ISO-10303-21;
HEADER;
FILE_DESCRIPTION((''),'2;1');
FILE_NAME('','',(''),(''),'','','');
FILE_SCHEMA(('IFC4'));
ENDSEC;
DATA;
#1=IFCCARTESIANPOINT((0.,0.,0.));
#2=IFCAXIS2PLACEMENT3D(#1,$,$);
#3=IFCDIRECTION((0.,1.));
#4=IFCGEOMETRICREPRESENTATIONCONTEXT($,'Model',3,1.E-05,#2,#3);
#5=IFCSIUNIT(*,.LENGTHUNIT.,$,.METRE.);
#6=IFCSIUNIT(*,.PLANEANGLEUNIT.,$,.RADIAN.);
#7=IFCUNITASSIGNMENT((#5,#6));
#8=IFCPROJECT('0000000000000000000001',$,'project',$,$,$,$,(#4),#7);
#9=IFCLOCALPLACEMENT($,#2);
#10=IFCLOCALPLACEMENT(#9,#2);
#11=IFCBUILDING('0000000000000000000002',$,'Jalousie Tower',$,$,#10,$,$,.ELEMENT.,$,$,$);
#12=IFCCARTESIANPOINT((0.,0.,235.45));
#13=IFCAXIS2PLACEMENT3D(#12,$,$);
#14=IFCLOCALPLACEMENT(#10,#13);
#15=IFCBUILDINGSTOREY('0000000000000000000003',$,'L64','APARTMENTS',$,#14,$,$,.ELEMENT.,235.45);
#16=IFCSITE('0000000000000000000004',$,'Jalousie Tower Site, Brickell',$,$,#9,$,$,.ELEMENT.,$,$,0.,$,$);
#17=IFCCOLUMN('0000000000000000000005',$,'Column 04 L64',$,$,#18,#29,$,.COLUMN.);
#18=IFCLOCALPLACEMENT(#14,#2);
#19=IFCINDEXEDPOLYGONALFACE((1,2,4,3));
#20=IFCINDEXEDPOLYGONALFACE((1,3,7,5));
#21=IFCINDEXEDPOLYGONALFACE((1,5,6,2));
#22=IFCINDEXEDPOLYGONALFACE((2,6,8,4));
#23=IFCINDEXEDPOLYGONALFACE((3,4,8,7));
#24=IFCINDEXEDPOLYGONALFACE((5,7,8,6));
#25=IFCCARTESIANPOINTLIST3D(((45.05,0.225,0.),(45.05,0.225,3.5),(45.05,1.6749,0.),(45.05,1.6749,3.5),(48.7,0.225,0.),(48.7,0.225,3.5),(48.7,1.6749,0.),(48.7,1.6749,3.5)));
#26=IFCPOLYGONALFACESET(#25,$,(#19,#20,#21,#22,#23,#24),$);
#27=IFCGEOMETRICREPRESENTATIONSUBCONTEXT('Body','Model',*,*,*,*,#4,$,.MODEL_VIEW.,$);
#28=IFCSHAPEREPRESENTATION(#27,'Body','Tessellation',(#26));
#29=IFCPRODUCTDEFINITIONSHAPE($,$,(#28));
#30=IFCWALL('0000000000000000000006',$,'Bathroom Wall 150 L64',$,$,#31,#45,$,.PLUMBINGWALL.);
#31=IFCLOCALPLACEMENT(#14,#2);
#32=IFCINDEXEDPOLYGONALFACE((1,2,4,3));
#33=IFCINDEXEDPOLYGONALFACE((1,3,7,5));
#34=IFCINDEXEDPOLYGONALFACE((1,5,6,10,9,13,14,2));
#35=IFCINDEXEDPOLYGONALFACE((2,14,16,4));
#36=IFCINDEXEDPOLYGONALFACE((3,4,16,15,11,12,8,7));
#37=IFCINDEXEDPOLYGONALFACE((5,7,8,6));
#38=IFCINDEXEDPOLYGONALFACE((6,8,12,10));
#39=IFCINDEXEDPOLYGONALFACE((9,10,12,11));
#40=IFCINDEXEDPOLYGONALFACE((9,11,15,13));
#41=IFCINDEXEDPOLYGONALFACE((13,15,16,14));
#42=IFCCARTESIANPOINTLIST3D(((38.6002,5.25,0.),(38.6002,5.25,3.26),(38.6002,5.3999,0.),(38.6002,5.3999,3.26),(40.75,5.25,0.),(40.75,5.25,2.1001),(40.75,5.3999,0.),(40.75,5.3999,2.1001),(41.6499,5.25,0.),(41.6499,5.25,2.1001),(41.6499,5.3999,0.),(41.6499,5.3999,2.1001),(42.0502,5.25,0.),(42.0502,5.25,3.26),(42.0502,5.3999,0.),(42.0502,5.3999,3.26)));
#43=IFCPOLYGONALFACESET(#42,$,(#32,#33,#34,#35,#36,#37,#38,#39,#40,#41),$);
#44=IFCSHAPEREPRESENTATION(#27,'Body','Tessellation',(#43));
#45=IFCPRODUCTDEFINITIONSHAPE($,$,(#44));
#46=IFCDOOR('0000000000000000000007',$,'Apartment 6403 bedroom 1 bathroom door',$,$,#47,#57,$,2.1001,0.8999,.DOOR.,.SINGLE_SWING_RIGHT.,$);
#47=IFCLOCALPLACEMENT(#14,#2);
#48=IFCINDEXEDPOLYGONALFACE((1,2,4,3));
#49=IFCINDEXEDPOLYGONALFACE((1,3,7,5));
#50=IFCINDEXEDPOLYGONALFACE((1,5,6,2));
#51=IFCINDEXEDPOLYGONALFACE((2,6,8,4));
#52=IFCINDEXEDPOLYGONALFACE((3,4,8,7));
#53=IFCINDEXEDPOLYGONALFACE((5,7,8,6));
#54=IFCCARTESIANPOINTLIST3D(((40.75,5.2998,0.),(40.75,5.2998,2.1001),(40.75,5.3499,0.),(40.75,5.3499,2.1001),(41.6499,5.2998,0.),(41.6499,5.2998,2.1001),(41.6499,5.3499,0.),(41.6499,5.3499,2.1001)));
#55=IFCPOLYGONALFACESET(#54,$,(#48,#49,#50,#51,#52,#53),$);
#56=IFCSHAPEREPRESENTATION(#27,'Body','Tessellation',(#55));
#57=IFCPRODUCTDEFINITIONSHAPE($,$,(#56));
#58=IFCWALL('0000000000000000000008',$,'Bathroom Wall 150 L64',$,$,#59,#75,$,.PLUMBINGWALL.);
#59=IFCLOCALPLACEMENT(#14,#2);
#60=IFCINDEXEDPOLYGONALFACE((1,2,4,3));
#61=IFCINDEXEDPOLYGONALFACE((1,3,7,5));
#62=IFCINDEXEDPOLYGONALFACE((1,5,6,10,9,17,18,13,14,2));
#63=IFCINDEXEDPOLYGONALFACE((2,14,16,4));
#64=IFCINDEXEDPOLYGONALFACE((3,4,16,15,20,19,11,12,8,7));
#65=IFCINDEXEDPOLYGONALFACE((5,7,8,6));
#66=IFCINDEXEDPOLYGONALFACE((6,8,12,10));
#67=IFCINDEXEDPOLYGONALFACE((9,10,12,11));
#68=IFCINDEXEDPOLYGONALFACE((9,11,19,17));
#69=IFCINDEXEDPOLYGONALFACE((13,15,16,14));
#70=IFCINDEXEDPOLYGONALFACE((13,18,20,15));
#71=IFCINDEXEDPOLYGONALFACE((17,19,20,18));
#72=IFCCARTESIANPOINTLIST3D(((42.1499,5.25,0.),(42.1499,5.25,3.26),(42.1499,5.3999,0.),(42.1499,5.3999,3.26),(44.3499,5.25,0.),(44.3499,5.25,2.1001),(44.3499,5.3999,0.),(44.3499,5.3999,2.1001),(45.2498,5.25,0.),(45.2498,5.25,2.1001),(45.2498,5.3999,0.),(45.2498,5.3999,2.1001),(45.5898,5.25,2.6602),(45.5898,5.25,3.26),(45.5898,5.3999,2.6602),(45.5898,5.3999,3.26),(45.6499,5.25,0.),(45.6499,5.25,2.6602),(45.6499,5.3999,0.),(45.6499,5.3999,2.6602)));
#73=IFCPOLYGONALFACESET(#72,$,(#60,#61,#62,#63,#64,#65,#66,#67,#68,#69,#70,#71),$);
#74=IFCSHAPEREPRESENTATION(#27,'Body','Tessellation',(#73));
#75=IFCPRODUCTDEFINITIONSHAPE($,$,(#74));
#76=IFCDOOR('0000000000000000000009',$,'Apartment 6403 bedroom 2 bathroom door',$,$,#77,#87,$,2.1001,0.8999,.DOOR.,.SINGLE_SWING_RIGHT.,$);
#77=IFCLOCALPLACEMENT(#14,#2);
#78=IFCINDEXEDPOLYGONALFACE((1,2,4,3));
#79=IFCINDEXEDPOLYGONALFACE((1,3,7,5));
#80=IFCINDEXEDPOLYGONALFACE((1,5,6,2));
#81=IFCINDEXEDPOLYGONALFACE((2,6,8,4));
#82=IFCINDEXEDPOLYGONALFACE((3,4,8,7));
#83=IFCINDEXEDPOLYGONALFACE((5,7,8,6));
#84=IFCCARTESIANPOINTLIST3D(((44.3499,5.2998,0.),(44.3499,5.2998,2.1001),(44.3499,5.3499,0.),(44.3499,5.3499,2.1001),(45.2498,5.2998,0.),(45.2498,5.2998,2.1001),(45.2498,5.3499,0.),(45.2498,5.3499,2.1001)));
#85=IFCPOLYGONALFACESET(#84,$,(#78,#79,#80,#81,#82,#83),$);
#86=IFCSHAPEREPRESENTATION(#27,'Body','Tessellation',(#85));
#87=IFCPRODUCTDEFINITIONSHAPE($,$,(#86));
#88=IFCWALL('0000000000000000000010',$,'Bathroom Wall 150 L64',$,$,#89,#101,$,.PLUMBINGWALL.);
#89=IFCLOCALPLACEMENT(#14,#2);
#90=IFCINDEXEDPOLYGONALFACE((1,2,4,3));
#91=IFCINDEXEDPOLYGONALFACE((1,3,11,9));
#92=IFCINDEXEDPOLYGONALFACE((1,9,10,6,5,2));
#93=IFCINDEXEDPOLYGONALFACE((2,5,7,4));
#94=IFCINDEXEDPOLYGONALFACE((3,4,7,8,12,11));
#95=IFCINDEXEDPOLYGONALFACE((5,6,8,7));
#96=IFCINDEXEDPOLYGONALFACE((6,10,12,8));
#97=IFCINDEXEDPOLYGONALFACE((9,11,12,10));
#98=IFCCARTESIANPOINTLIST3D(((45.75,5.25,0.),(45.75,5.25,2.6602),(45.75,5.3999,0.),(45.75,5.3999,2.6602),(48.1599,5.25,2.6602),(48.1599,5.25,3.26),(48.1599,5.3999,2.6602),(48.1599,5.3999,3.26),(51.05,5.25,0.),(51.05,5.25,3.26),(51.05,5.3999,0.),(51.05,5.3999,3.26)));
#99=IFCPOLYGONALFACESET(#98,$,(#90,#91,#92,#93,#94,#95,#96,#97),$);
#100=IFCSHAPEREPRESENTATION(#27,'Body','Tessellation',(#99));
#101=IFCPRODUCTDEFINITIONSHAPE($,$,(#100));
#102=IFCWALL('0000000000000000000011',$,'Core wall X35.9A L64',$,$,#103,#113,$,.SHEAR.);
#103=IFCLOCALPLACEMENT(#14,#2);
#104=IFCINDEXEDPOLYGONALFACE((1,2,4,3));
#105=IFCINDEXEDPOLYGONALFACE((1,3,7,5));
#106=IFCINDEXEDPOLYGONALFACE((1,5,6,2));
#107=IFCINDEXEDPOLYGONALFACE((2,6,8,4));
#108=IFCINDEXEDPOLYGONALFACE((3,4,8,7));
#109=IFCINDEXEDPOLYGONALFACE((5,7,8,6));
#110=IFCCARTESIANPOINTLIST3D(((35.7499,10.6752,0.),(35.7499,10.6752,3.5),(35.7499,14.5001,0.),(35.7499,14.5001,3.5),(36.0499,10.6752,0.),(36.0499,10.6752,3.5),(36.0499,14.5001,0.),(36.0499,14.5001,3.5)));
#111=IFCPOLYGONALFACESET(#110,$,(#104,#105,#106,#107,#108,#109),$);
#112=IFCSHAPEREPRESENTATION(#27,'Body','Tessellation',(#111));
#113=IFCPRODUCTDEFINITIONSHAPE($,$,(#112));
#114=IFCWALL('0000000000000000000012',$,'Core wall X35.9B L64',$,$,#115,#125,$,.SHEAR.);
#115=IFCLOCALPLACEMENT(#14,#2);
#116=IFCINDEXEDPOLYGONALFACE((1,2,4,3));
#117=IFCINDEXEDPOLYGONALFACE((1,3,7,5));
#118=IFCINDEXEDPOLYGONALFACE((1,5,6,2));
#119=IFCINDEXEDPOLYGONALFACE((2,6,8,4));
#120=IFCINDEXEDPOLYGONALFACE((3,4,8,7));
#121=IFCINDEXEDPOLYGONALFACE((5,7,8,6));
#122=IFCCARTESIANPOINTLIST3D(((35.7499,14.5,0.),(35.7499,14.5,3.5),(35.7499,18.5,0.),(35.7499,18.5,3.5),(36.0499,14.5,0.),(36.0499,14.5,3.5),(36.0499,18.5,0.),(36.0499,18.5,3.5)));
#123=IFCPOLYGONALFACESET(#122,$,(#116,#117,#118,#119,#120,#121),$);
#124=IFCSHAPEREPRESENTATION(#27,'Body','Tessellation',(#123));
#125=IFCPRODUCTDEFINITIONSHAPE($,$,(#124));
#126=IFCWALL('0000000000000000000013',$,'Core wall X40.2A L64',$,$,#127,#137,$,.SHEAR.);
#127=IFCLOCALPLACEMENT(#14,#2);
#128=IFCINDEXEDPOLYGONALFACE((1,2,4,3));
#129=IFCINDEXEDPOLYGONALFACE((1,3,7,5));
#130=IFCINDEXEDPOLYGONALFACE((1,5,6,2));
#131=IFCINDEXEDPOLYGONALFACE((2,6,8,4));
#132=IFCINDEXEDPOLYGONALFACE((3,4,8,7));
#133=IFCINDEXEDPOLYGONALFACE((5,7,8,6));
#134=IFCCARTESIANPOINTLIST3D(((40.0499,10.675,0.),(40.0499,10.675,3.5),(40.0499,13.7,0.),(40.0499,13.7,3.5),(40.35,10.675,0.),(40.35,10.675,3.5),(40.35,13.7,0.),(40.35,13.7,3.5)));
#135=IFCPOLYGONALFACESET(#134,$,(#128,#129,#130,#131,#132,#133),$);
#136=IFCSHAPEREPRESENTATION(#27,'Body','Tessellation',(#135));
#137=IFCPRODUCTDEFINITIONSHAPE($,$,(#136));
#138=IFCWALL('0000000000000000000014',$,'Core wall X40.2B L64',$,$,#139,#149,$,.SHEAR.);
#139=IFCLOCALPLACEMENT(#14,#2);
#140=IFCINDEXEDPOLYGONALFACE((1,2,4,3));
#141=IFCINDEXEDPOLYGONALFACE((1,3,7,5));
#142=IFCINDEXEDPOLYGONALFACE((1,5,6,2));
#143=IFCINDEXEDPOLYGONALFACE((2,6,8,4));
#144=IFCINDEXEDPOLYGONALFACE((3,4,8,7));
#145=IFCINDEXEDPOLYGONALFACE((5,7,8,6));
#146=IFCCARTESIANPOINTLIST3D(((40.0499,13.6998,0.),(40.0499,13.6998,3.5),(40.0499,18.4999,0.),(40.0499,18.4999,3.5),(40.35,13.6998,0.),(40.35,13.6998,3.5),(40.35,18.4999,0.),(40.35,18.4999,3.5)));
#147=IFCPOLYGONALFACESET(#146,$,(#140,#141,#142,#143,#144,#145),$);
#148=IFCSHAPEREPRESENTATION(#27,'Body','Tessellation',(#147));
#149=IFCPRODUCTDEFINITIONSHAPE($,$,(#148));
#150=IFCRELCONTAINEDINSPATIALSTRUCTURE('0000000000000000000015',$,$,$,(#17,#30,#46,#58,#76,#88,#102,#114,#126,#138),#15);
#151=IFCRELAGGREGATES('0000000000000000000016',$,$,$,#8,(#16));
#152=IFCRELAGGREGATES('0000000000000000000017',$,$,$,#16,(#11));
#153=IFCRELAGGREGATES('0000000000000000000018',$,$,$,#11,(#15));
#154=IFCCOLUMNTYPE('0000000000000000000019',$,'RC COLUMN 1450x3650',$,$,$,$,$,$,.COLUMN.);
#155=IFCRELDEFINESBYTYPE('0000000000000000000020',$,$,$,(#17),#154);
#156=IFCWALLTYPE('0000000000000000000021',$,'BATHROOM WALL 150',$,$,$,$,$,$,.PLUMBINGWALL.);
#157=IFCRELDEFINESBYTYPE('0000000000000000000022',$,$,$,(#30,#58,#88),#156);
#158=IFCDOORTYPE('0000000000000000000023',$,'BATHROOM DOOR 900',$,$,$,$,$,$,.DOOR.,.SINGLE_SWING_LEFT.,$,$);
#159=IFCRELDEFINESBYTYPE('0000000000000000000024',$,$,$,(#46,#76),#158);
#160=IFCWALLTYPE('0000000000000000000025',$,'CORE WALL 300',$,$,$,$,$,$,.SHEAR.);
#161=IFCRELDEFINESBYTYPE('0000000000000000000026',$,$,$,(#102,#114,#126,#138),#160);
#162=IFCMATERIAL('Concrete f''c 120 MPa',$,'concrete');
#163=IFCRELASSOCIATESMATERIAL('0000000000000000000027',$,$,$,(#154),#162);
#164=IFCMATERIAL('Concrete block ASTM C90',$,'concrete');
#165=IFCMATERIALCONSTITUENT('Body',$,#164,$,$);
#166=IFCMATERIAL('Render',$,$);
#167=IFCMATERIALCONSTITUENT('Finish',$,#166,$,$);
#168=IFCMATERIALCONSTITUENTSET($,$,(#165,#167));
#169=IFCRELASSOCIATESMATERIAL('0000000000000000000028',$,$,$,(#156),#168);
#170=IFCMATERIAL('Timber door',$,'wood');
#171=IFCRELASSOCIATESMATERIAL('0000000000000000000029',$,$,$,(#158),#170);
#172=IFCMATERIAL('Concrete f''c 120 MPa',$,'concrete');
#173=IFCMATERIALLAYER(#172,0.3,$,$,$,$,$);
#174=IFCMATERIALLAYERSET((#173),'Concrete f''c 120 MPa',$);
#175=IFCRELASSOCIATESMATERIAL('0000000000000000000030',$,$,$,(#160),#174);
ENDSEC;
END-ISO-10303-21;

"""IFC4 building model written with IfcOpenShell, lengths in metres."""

from ifc_helpers import new_model, si_unit, direction, frame, frame_2d, origin, origin_2d, place, context, subcontext, project, spatial, polyline, rectangle, outline, extrude, material, layer, layer_set, constituent, constituent_set, material_profile, profile_set, type_object, element, fill, save


model = new_model("IFC4")

# Units and contexts
model_context = context("Model", 3, precision=1e-05, world=origin(), true_north=direction((0.0, 1.0)))
body_context = subcontext(model_context, "Body", "Model", "MODEL_VIEW")
ifc_project = project(units=[si_unit("LENGTHUNIT", "METRE"), si_unit("PLANEANGLEUNIT", "RADIAN")], contexts=[model_context])

# Site, building, storey
site_placement = place(None, origin())
site = spatial("IfcSite", under=ifc_project, at=site_placement, Name="Jalousie Tower Site, Brickell", CompositionType="ELEMENT", RefElevation=0.0)
building_placement = place(site_placement, origin())
building = spatial("IfcBuilding", under=site, at=building_placement, Name="Jalousie Tower", CompositionType="ELEMENT")
storey_placement = place(building_placement, frame((0.0, 0.0, 235.45)))
storey = spatial("IfcBuildingStorey", under=building, at=storey_placement, Name="L64", Description="APARTMENTS", CompositionType="ELEMENT", Elevation=235.45)

# Column
ifc_material_1 = material(Name="Concrete f'c 120 MPa", Category="concrete")
ifc_material_profile = material_profile(ifc_material_1, rectangle(XDim=1.45, YDim=3.6499, at=origin_2d()), Name="RC 1450x3650")
ifc_profile_set = profile_set([ifc_material_profile], Name="Concrete f'c 120 MPa")
column_type = type_object("IfcColumnType", Name="RC COLUMN 1450x3650", PredefinedType="COLUMN", material=ifc_profile_set)
column_placement = place(storey_placement, frame((46.875, 0.95, 0.0), z_axis=(0.0, 0.0, 1.0), x_axis=(0.0, 1.0, 0.0)))
element("IfcColumn", 1, at=column_placement, inside=storey, type_object=column_type, Name="Column 04 L64", PredefinedType="COLUMN", context=body_context, shape_type="SweptSolid", body=[
    extrude(rectangle(XDim=1.45, YDim=3.6499, at=origin_2d()), origin(), (0.0, 0.0, 1.0), 3.5),
])

# Walls, openings, doors
ifc_material_2 = material(Name="Concrete block ASTM C90", Category="concrete")
ifc_constituent_1 = constituent(ifc_material_2, Name="Body")
ifc_material_3 = material(Name="Render")
ifc_constituent_2 = constituent(ifc_material_3, Name="Finish")
ifc_constituent_set_1 = constituent_set(constituents=[ifc_constituent_1, ifc_constituent_2])
wall_type_1 = type_object("IfcWallType", Name="BATHROOM WALL 150", PredefinedType="PLUMBINGWALL", material=ifc_constituent_set_1)
wall_1_placement = place(storey_placement, frame((38.6001, 5.325, 0.0), z_axis=(0.0, 0.0, 1.0), x_axis=(1.0, 0.0, 0.0)))
wall_1 = element("IfcWall", 2, at=wall_1_placement, inside=storey, type_object=wall_type_1, Name="Bathroom Wall 150 L64", PredefinedType="PLUMBINGWALL", context=body_context, shape_type="SweptSolid", body=[
    extrude(rectangle(XDim=3.45, YDim=0.1499, at=frame_2d((1.7251, 0.0))), origin(), (0.0, 0.0, 1.0), 3.26),
])
opening_1_placement = place(wall_1_placement, frame((2.1499, 0.0, 0.0)))
opening_1 = element("IfcOpeningElement", 3, at=opening_1_placement, cuts=wall_1, PredefinedType="OPENING", context=body_context, shape_type="SweptSolid", body=[
    extrude(rectangle(XDim=0.8999, YDim=2.1001, at=frame_2d((0.45, 1.05))), frame((0.0, 0.085, 0.0), z_axis=(0.0, -1.0, 0.0), x_axis=(1.0, 0.0, 0.0)), (0.0, 0.0, 1.0), 0.1699),
])
ifc_material_4 = material(Name="Timber door", Category="wood")
door_type_1 = type_object("IfcDoorType", Name="BATHROOM DOOR 900", OperationType="SINGLE_SWING_LEFT", PredefinedType="DOOR", material=ifc_material_4)
door_1_placement = place(opening_1_placement, origin())
door_1 = element("IfcDoor", 4, at=door_1_placement, inside=storey, type_object=door_type_1, Name="Apartment 6403 bedroom 1 bathroom door", OperationType="SINGLE_SWING_RIGHT", OverallHeight=2.1001, OverallWidth=0.8999, PredefinedType="DOOR", context=body_context, shape_type="SweptSolid", body=[
    extrude(rectangle(XDim=0.8999, YDim=2.1001, at=frame_2d((0.45, 1.05))), frame((0.0, 0.0249, 0.0), z_axis=(0.0, -1.0, 0.0), x_axis=(1.0, 0.0, 0.0)), (0.0, 0.0, 1.0), 0.05),
])
fill(opening_1, door_1)
wall_2_placement = place(storey_placement, frame((42.1499, 5.325, 0.0), z_axis=(0.0, 0.0, 1.0), x_axis=(1.0, 0.0, 0.0)))
wall_2 = element("IfcWall", 5, at=wall_2_placement, inside=storey, type_object=wall_type_1, Name="Bathroom Wall 150 L64", PredefinedType="PLUMBINGWALL", context=body_context, shape_type="SweptSolid", body=[
    extrude(outline(polyline([(0.0, 0.0), (3.5, 0.0), (3.5, 3.26), (3.5, 2.6602), (3.4399, 2.6602), (3.4399, 3.26), (0.0, 3.26), (0.0, 0.0)])), frame((0.0, 0.075, 0.0), z_axis=(0.0, -1.0, 0.0), x_axis=(1.0, 0.0, 0.0)), (0.0, 0.0, 1.0), 0.1499),
])
opening_2_placement = place(wall_2_placement, frame((2.2, 0.0, 0.0)))
opening_2 = element("IfcOpeningElement", 6, at=opening_2_placement, cuts=wall_2, PredefinedType="OPENING", context=body_context, shape_type="SweptSolid", body=[
    extrude(rectangle(XDim=0.8999, YDim=2.1001, at=frame_2d((0.45, 1.05))), frame((0.0, 0.085, 0.0), z_axis=(0.0, -1.0, 0.0), x_axis=(1.0, 0.0, 0.0)), (0.0, 0.0, 1.0), 0.1699),
])
door_2_placement = place(opening_2_placement, origin())
door_2 = element("IfcDoor", 7, at=door_2_placement, inside=storey, type_object=door_type_1, Name="Apartment 6403 bedroom 2 bathroom door", OperationType="SINGLE_SWING_RIGHT", OverallHeight=2.1001, OverallWidth=0.8999, PredefinedType="DOOR", context=body_context, shape_type="SweptSolid", body=[
    extrude(rectangle(XDim=0.8999, YDim=2.1001, at=frame_2d((0.45, 1.05))), frame((0.0, 0.0249, 0.0), z_axis=(0.0, -1.0, 0.0), x_axis=(1.0, 0.0, 0.0)), (0.0, 0.0, 1.0), 0.05),
])
fill(opening_2, door_2)

# Walls
wall_3_placement = place(storey_placement, frame((45.75, 5.325, 0.0), z_axis=(0.0, 0.0, 1.0), x_axis=(1.0, 0.0, 0.0)))
element("IfcWall", 8, at=wall_3_placement, inside=storey, type_object=wall_type_1, Name="Bathroom Wall 150 L64", PredefinedType="PLUMBINGWALL", context=body_context, shape_type="SweptSolid", body=[
    extrude(outline(polyline([(0.0, 0.0), (5.3, 0.0), (5.3, 3.26), (2.4099, 3.26), (2.4099, 2.6602), (0.0, 2.6602), (0.0, 3.26), (0.0, 0.0)])), frame((0.0, 0.075, 0.0), z_axis=(0.0, -1.0, 0.0), x_axis=(1.0, 0.0, 0.0)), (0.0, 0.0, 1.0), 0.1499),
])
ifc_material_5 = material(Name="Concrete f'c 120 MPa", Category="concrete")
ifc_layer_1 = layer(ifc_material_5, 0.3)
ifc_layer_set_1 = layer_set([ifc_layer_1], Name="Concrete f'c 120 MPa")
wall_type_2 = type_object("IfcWallType", Name="CORE WALL 300", PredefinedType="SHEAR", material=ifc_layer_set_1)
wall_4_placement = place(storey_placement, frame((35.8999, 10.675, 0.0), z_axis=(0.0, 0.0, 1.0), x_axis=(0.0, 1.0, 0.0)))
element("IfcWall", 9, at=wall_4_placement, inside=storey, type_object=wall_type_2, Name="Core wall X35.9A L64", PredefinedType="SHEAR", context=body_context, shape_type="SweptSolid", body=[
    extrude(rectangle(XDim=3.825, YDim=0.3, at=frame_2d((1.9126, 0.0))), origin(), (0.0, 0.0, 1.0), 3.5),
])
wall_5_placement = place(storey_placement, frame((35.8999, 14.5, 0.0), z_axis=(0.0, 0.0, 1.0), x_axis=(0.0, 1.0, 0.0)))
element("IfcWall", 10, at=wall_5_placement, inside=storey, type_object=wall_type_2, Name="Core wall X35.9B L64", PredefinedType="SHEAR", context=body_context, shape_type="SweptSolid", body=[
    extrude(rectangle(XDim=4.0, YDim=0.3, at=frame_2d((2.0, 0.0))), origin(), (0.0, 0.0, 1.0), 3.5),
])
wall_6_placement = place(storey_placement, frame((40.2, 10.675, 0.0), z_axis=(0.0, 0.0, 1.0), x_axis=(0.0, 1.0, 0.0)))
element("IfcWall", 11, at=wall_6_placement, inside=storey, type_object=wall_type_2, Name="Core wall X40.2A L64", PredefinedType="SHEAR", context=body_context, shape_type="SweptSolid", body=[
    extrude(rectangle(XDim=3.0249, YDim=0.3, at=frame_2d((1.5125, 0.0))), origin(), (0.0, 0.0, 1.0), 3.5),
])
wall_7_placement = place(storey_placement, frame((40.2, 13.7, 0.0), z_axis=(0.0, 0.0, 1.0), x_axis=(0.0, 1.0, 0.0)))
element("IfcWall", 12, at=wall_7_placement, inside=storey, type_object=wall_type_2, Name="Core wall X40.2B L64", PredefinedType="SHEAR", context=body_context, shape_type="SweptSolid", body=[
    extrude(rectangle(XDim=4.8, YDim=0.3, at=frame_2d((2.3999, 0.0))), origin(), (0.0, 0.0, 1.0), 3.5),
])

save(model, "model.ifc")
